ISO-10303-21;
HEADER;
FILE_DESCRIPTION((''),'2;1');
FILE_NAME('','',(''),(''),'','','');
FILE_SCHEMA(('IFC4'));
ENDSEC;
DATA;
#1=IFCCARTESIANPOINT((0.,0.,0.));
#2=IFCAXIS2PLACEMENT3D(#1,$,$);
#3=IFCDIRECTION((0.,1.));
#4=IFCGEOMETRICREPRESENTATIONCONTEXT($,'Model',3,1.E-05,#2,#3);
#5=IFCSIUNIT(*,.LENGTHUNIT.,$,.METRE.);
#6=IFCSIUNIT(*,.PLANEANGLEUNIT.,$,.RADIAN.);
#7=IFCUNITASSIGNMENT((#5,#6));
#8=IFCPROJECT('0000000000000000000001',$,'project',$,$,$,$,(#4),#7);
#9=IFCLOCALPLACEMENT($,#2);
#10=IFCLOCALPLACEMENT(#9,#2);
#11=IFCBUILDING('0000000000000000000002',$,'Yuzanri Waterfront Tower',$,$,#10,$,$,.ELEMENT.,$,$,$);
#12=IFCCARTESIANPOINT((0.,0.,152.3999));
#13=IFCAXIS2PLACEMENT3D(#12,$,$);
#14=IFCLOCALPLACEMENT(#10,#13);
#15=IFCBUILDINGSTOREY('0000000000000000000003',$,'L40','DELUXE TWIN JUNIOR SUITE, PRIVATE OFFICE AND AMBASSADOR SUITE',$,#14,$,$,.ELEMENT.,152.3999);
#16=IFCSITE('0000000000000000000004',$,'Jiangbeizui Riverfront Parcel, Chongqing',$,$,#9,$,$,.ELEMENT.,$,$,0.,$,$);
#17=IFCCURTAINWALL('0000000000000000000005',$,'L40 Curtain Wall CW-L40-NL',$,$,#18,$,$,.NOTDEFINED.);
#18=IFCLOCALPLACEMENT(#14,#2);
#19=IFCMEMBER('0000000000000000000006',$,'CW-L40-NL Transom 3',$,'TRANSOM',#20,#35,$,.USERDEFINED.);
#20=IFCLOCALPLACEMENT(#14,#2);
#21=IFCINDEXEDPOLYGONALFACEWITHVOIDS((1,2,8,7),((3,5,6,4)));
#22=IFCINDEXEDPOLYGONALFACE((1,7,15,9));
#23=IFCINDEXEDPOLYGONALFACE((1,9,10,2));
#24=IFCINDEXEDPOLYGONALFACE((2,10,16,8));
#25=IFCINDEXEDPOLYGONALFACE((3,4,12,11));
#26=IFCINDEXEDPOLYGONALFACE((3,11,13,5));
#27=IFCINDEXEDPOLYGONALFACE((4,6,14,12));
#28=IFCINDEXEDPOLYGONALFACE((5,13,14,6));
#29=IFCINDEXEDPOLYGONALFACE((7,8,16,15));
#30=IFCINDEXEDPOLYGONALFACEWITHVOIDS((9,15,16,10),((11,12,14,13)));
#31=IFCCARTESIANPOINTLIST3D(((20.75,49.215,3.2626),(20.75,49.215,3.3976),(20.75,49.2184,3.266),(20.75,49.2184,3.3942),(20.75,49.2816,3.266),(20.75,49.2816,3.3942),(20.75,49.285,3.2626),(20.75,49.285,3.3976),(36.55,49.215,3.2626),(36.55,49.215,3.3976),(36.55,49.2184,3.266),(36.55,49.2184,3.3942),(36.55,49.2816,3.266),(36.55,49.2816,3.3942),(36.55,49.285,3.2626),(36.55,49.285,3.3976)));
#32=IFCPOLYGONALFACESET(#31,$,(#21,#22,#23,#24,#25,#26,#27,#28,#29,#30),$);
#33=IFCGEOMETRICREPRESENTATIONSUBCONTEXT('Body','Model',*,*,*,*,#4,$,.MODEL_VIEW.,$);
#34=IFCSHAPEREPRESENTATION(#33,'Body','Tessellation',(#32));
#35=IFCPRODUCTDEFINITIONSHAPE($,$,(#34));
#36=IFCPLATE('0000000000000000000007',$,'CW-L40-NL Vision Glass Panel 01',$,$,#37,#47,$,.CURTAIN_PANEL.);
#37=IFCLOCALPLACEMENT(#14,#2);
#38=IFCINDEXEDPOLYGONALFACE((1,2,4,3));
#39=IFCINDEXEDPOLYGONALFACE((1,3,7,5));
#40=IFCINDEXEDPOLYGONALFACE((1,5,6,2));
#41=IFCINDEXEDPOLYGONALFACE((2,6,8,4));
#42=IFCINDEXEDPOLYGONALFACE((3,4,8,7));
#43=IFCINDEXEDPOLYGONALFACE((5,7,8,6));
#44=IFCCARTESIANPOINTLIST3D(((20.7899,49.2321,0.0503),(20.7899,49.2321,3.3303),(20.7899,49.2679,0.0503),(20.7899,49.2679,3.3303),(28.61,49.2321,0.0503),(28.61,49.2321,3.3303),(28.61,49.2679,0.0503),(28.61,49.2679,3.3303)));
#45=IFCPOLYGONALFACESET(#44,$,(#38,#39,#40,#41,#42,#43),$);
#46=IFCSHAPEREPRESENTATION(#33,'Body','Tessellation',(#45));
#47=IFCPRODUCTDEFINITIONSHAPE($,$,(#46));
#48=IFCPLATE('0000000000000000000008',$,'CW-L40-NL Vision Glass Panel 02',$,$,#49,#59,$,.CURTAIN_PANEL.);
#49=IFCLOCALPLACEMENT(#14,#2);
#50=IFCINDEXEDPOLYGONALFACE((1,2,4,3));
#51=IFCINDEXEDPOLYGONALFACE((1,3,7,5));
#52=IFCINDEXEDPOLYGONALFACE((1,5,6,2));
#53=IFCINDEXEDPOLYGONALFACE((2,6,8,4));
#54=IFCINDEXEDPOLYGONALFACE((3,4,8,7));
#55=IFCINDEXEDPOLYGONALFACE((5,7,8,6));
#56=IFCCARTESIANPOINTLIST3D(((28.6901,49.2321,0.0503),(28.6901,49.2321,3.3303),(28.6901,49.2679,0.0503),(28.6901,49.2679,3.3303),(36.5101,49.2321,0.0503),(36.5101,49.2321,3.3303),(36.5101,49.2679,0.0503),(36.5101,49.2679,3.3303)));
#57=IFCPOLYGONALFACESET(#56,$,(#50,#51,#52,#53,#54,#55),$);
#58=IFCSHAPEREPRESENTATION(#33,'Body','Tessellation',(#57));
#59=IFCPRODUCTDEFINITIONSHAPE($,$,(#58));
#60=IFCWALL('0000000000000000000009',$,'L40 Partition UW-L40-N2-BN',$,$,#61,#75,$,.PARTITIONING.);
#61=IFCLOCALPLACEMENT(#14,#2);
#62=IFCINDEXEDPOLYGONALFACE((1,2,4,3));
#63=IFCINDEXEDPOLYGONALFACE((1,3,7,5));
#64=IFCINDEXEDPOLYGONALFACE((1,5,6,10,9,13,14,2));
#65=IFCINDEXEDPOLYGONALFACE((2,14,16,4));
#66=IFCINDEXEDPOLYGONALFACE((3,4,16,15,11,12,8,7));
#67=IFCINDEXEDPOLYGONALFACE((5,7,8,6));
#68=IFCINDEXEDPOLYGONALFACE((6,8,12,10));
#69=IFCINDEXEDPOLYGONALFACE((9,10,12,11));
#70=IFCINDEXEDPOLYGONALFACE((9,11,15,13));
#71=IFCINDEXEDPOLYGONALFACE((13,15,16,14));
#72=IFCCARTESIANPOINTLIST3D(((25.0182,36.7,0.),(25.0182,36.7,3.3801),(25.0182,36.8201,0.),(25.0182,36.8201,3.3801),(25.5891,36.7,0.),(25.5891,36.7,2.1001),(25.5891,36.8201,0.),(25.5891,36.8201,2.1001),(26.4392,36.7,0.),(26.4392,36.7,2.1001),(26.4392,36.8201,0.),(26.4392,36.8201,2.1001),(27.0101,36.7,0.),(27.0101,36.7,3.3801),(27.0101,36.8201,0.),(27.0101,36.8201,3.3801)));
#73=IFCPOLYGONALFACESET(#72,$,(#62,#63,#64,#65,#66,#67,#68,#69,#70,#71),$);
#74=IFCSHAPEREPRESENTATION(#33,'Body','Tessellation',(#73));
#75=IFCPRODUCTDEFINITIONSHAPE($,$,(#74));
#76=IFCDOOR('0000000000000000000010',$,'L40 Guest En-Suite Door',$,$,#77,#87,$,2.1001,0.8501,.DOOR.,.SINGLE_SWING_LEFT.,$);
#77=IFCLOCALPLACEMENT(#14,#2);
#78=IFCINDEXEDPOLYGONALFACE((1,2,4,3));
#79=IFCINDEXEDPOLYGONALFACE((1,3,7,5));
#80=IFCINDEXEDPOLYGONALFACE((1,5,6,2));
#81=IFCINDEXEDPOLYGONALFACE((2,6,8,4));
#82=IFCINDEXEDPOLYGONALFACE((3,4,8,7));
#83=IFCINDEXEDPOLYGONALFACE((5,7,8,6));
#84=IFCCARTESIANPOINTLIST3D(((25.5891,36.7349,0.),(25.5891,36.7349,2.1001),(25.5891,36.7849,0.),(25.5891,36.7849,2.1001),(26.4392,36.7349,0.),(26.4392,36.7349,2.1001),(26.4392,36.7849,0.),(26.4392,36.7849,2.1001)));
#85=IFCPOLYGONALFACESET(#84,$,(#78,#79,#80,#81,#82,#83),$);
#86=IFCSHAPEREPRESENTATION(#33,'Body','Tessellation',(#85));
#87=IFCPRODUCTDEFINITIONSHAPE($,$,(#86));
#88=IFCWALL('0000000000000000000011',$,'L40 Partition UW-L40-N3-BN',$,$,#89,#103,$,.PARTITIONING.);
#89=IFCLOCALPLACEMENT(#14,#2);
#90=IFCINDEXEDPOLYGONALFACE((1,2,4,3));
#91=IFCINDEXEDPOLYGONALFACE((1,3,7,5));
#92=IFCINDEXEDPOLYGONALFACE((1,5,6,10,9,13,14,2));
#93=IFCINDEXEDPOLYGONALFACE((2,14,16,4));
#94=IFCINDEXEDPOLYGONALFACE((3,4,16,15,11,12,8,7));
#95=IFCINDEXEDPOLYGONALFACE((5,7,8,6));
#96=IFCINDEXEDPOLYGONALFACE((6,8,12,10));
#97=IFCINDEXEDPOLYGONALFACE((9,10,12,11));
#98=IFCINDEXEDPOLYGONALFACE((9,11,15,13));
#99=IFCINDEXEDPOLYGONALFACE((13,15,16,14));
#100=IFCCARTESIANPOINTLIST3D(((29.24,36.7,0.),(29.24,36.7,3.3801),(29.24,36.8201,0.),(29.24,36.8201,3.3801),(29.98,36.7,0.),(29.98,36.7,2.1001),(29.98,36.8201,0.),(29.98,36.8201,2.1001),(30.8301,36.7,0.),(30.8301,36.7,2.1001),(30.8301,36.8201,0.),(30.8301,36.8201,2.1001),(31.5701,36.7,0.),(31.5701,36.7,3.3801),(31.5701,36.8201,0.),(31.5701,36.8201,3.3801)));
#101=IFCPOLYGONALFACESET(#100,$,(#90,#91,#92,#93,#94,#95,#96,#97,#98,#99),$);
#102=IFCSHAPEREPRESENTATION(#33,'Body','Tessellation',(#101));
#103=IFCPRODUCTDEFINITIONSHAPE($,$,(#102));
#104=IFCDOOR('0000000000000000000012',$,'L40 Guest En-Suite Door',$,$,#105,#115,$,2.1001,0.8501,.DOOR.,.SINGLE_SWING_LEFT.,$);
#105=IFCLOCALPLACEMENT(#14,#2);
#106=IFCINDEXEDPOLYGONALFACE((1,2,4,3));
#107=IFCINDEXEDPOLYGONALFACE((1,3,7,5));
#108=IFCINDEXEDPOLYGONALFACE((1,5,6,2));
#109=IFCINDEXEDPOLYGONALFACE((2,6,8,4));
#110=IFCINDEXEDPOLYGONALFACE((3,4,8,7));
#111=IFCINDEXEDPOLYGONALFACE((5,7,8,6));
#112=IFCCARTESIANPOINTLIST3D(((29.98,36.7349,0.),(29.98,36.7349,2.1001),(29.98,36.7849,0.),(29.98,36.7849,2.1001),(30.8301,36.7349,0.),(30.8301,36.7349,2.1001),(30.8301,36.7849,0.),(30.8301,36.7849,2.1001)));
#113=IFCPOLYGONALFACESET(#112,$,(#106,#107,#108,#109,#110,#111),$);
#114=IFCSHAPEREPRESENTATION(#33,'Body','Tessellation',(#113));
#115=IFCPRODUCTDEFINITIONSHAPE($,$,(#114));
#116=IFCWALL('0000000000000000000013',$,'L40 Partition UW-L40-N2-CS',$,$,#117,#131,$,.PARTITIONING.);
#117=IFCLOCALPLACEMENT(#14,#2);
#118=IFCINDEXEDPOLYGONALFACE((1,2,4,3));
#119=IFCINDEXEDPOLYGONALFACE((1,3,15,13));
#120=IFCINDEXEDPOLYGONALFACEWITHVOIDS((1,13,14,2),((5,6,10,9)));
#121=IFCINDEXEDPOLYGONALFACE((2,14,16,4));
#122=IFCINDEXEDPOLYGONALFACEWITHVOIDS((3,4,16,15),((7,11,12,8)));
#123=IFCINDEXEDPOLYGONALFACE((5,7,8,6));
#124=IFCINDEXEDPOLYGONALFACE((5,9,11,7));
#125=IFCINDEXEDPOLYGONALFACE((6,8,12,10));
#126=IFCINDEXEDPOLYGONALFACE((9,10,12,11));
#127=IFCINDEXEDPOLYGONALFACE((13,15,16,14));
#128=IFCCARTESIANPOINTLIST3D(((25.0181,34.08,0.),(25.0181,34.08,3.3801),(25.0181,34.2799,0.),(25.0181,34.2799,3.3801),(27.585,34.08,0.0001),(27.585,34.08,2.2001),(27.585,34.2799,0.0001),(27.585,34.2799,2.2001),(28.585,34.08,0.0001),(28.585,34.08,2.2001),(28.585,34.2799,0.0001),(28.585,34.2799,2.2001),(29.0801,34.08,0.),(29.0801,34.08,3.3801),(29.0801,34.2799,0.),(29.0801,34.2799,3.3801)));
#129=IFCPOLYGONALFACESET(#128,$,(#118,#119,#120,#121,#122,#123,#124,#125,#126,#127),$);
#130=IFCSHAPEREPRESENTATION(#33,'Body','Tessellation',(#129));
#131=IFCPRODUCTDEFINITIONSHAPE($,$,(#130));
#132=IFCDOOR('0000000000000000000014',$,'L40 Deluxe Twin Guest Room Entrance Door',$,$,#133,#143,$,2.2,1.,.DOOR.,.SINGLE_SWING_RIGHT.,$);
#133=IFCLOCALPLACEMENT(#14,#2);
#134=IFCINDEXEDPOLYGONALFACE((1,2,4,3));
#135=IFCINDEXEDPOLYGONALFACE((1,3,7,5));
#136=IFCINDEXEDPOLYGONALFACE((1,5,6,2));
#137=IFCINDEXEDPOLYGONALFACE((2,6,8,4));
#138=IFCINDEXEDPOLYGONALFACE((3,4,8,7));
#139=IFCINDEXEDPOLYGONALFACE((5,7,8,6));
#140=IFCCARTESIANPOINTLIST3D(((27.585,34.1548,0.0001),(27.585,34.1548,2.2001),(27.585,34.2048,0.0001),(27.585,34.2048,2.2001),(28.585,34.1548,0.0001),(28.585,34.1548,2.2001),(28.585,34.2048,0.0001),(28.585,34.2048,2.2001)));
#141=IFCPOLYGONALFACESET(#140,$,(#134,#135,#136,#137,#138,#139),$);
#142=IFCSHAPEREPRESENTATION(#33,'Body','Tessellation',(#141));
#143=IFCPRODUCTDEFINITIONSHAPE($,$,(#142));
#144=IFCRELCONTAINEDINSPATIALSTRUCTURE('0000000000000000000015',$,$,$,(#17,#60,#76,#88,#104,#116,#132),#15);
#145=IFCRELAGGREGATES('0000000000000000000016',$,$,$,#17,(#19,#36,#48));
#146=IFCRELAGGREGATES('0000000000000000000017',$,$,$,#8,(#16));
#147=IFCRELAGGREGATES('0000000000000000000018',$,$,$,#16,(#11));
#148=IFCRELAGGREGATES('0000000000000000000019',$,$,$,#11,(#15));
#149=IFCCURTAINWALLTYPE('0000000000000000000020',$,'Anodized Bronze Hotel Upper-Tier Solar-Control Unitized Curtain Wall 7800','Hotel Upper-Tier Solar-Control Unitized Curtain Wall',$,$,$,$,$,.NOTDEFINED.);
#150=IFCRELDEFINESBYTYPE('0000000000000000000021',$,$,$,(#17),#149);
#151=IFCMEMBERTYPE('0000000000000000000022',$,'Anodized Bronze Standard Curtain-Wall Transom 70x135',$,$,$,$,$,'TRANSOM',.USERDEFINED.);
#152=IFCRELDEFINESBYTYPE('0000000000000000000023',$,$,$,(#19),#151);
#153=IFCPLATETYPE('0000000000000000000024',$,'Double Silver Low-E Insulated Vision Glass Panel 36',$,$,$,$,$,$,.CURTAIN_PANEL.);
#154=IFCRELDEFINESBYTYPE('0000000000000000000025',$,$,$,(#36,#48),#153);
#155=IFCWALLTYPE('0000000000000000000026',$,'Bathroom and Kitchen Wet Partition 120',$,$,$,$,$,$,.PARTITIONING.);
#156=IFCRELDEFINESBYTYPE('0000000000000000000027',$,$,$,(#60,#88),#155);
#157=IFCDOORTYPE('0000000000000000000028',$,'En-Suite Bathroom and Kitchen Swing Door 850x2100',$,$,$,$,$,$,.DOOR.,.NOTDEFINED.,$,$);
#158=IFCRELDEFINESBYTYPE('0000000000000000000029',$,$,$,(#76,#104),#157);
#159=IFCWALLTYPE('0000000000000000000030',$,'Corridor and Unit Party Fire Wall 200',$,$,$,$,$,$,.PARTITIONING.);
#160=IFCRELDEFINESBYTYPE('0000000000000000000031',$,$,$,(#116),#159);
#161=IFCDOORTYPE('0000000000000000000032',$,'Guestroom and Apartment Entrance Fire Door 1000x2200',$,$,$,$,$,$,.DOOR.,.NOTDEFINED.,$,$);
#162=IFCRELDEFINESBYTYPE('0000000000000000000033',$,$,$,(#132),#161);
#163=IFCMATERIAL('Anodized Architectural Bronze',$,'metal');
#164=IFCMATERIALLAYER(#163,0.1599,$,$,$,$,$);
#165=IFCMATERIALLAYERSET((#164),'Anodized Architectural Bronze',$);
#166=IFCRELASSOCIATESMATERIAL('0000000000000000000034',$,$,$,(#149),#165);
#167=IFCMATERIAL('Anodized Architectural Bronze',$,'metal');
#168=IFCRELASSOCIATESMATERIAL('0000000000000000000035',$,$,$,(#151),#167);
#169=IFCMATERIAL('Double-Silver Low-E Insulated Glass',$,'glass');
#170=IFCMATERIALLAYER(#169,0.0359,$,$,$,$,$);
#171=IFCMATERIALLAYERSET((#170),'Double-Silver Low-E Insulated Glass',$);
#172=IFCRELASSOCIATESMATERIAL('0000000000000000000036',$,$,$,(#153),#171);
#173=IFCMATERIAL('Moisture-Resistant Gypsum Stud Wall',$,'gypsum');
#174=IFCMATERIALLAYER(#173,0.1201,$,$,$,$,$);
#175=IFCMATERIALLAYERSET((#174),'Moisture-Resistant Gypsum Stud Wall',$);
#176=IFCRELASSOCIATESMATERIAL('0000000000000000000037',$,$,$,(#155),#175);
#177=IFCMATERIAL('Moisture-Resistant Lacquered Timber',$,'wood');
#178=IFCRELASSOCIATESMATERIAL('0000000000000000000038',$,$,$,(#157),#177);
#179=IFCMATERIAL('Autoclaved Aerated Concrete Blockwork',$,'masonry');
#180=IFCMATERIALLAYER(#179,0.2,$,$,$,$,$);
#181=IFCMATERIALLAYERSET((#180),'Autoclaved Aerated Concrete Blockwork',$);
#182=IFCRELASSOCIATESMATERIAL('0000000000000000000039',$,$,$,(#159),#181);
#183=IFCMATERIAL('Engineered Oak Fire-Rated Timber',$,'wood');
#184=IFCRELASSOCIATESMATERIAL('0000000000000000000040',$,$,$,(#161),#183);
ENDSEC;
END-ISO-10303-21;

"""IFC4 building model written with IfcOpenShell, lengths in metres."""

from ifc_helpers import new_model, si_unit, direction, frame, frame_2d, origin, origin_2d, place, context, subcontext, project, spatial, rectangle, hollow_rectangle, extrude, source, transform, mapped, material, layer, layer_set, material_profile, profile_set, type_object, element, fill, aggregate, save


model = new_model("IFC4")

# Units and contexts
model_context = context("Model", 3, precision=1e-05, world=origin(), true_north=direction((0.0, 1.0)))
body_context = subcontext(model_context, "Body", "Model", "MODEL_VIEW")
ifc_project = project(units=[si_unit("LENGTHUNIT", "METRE"), si_unit("PLANEANGLEUNIT", "RADIAN")], contexts=[model_context])

# Site, building, storey
site_placement = place(None, origin())
site = spatial("IfcSite", under=ifc_project, at=site_placement, Name="Jiangbeizui Riverfront Parcel, Chongqing", CompositionType="ELEMENT", RefElevation=0.0)
building_placement = place(site_placement, origin())
building = spatial("IfcBuilding", under=site, at=building_placement, Name="Yuzanri Waterfront Tower", CompositionType="ELEMENT")
storey_placement = place(building_placement, frame((0.0, 0.0, 152.3999)))
storey = spatial("IfcBuildingStorey", under=building, at=storey_placement, Name="L40", Description="DELUXE TWIN JUNIOR SUITE, PRIVATE OFFICE AND AMBASSADOR SUITE", CompositionType="ELEMENT", Elevation=152.3999)

# Curtain wall, member, plates
ifc_material_1 = material(Name="Anodized Architectural Bronze", Category="metal")
ifc_layer_1 = layer(ifc_material_1, 0.1599)
ifc_layer_set_1 = layer_set([ifc_layer_1], Name="Anodized Architectural Bronze")
curtain_wall_type = type_object("IfcCurtainWallType", Name="Anodized Bronze Hotel Upper-Tier Solar-Control Unitized Curtain Wall 7800", Description="Hotel Upper-Tier Solar-Control Unitized Curtain Wall", PredefinedType="NOTDEFINED", material=ifc_layer_set_1)
curtain_wall_placement = place(storey_placement, origin())
curtain_wall = element("IfcCurtainWall", 1, at=curtain_wall_placement, inside=storey, type_object=curtain_wall_type, Name="L40 Curtain Wall CW-L40-NL", PredefinedType="NOTDEFINED")
ifc_material_2 = material(Name="Anodized Architectural Bronze", Category="metal")
ifc_material_profile_1 = material_profile(ifc_material_2, hollow_rectangle(XDim=0.0701, YDim=0.135, WallThickness=0.0034, at=origin_2d()), Name="CWT 70x135")
ifc_profile_set_1 = profile_set([ifc_material_profile_1], Name="Anodized Architectural Bronze")
member_type_1 = type_object("IfcMemberType", Name="Anodized Bronze Standard Curtain-Wall Transom 70x135", ElementType="TRANSOM", PredefinedType="USERDEFINED", material=ifc_profile_set_1)
shared_shape_1 = source(origin(), body_context, "Body", "SweptSolid", [
    extrude(hollow_rectangle(XDim=0.0701, YDim=0.135, WallThickness=0.0034, at=origin_2d()), origin(), (0.0, 0.0, 1.0), 15.8),
])
member_1_placement = place(storey_placement, frame((20.75, 49.25, 3.3301), z_axis=(1.0, 0.0, 0.0), x_axis=(0.0, 1.0, 0.0)))
member_1 = element("IfcMember", 2, at=member_1_placement, type_object=member_type_1, Name="CW-L40-NL Transom 3", ObjectType="TRANSOM", PredefinedType="USERDEFINED", context=body_context, shape_type="MappedRepresentation", body=[
    mapped(shared_shape_1, transform((0.0, 0.0, 0.0), scale=1.0)),
])
ifc_material_3 = material(Name="Double-Silver Low-E Insulated Glass", Category="glass")
ifc_layer_2 = layer(ifc_material_3, 0.0359)
ifc_layer_set_2 = layer_set([ifc_layer_2], Name="Double-Silver Low-E Insulated Glass")
plate_type = type_object("IfcPlateType", Name="Double Silver Low-E Insulated Vision Glass Panel 36", PredefinedType="CURTAIN_PANEL", material=ifc_layer_set_2)
shared_shape_2 = source(origin(), body_context, "Body", "SweptSolid", [
    extrude(rectangle(XDim=7.8201, YDim=0.0359, at=origin_2d()), origin(), (0.0, 0.0, 1.0), 3.28),
])
plate_1_placement = place(storey_placement, frame((24.7, 49.25, 0.0503), z_axis=(0.0, 0.0, 1.0), x_axis=(1.0, 0.0, 0.0)))
plate_1 = element("IfcPlate", 3, at=plate_1_placement, type_object=plate_type, Name="CW-L40-NL Vision Glass Panel 01", PredefinedType="CURTAIN_PANEL", context=body_context, shape_type="MappedRepresentation", body=[
    mapped(shared_shape_2, transform((0.0, 0.0, 0.0), scale=1.0)),
])
plate_2_placement = place(storey_placement, frame((32.6001, 49.25, 0.0503), z_axis=(0.0, 0.0, 1.0), x_axis=(1.0, 0.0, 0.0)))
plate_2 = element("IfcPlate", 4, at=plate_2_placement, type_object=plate_type, Name="CW-L40-NL Vision Glass Panel 02", PredefinedType="CURTAIN_PANEL", context=body_context, shape_type="MappedRepresentation", body=[
    mapped(shared_shape_2, transform((0.0, 0.0, 0.0), scale=1.0)),
])
aggregate(curtain_wall, [member_1, plate_1, plate_2])

# Walls, openings, doors
ifc_material_4 = material(Name="Moisture-Resistant Gypsum Stud Wall", Category="gypsum")
ifc_layer_3 = layer(ifc_material_4, 0.1201)
ifc_layer_set_3 = layer_set([ifc_layer_3], Name="Moisture-Resistant Gypsum Stud Wall")
wall_type_1 = type_object("IfcWallType", Name="Bathroom and Kitchen Wet Partition 120", PredefinedType="PARTITIONING", material=ifc_layer_set_3)
wall_1_placement = place(storey_placement, frame((25.0181, 36.76, 0.0), z_axis=(0.0, 0.0, 1.0), x_axis=(1.0, 0.0, 0.0)))
wall_1 = element("IfcWall", 5, at=wall_1_placement, inside=storey, type_object=wall_type_1, Name="L40 Partition UW-L40-N2-BN", PredefinedType="PARTITIONING", context=body_context, shape_type="SweptSolid", body=[
    extrude(rectangle(XDim=1.9919, YDim=0.1201, at=frame_2d((0.9961, 0.0))), origin(), (0.0, 0.0, 1.0), 3.3801),
])
opening_1_placement = place(wall_1_placement, frame((0.571, 0.0, 0.0)))
opening_1 = element("IfcOpeningElement", 6, at=opening_1_placement, cuts=wall_1, PredefinedType="OPENING", context=body_context, shape_type="SweptSolid", body=[
    extrude(rectangle(XDim=0.8501, YDim=2.1001, at=frame_2d((0.425, 1.05))), frame((0.0, 0.075, 0.0), z_axis=(0.0, -1.0, 0.0), x_axis=(1.0, 0.0, 0.0)), (0.0, 0.0, 1.0), 0.1499),
])
ifc_material_5 = material(Name="Moisture-Resistant Lacquered Timber", Category="wood")
door_type_1 = type_object("IfcDoorType", Name="En-Suite Bathroom and Kitchen Swing Door 850x2100", OperationType="NOTDEFINED", PredefinedType="DOOR", material=ifc_material_5)
shared_shape_3 = source(origin(), body_context, "Body", "SweptSolid", [
    extrude(rectangle(XDim=0.8501, YDim=2.1001, at=frame_2d((0.425, 1.05))), frame((0.0, 0.0249, 0.0), z_axis=(0.0, -1.0, 0.0), x_axis=(1.0, 0.0, 0.0)), (0.0, 0.0, 1.0), 0.05),
])
door_1_placement = place(opening_1_placement, origin())
door_1 = element("IfcDoor", 7, at=door_1_placement, inside=storey, type_object=door_type_1, Name="L40 Guest En-Suite Door", OperationType="SINGLE_SWING_LEFT", OverallHeight=2.1001, OverallWidth=0.8501, PredefinedType="DOOR", context=body_context, shape_type="MappedRepresentation", body=[
    mapped(shared_shape_3, transform((0.0, 0.0, 0.0), scale=1.0)),
])
fill(opening_1, door_1)
wall_2_placement = place(storey_placement, frame((29.24, 36.76, 0.0), z_axis=(0.0, 0.0, 1.0), x_axis=(1.0, 0.0, 0.0)))
wall_2 = element("IfcWall", 8, at=wall_2_placement, inside=storey, type_object=wall_type_1, Name="L40 Partition UW-L40-N3-BN", PredefinedType="PARTITIONING", context=body_context, shape_type="SweptSolid", body=[
    extrude(rectangle(XDim=2.3301, YDim=0.1201, at=frame_2d((1.165, 0.0))), origin(), (0.0, 0.0, 1.0), 3.3801),
])
opening_2_placement = place(wall_2_placement, frame((0.74, 0.0, 0.0)))
opening_2 = element("IfcOpeningElement", 9, at=opening_2_placement, cuts=wall_2, PredefinedType="OPENING", context=body_context, shape_type="SweptSolid", body=[
    extrude(rectangle(XDim=0.8501, YDim=2.1001, at=frame_2d((0.425, 1.05))), frame((0.0, 0.075, 0.0), z_axis=(0.0, -1.0, 0.0), x_axis=(1.0, 0.0, 0.0)), (0.0, 0.0, 1.0), 0.1499),
])
door_2_placement = place(opening_2_placement, origin())
door_2 = element("IfcDoor", 10, at=door_2_placement, inside=storey, type_object=door_type_1, Name="L40 Guest En-Suite Door", OperationType="SINGLE_SWING_LEFT", OverallHeight=2.1001, OverallWidth=0.8501, PredefinedType="DOOR", context=body_context, shape_type="MappedRepresentation", body=[
    mapped(shared_shape_3, transform((0.0, 0.0, 0.0), scale=1.0)),
])
fill(opening_2, door_2)
ifc_material_6 = material(Name="Autoclaved Aerated Concrete Blockwork", Category="masonry")
ifc_layer_4 = layer(ifc_material_6, 0.2)
ifc_layer_set_4 = layer_set([ifc_layer_4], Name="Autoclaved Aerated Concrete Blockwork")
wall_type_2 = type_object("IfcWallType", Name="Corridor and Unit Party Fire Wall 200", PredefinedType="PARTITIONING", material=ifc_layer_set_4)
wall_3_placement = place(storey_placement, frame((25.0181, 34.1799, 0.0), z_axis=(0.0, 0.0, 1.0), x_axis=(1.0, 0.0, 0.0)))
wall_3 = element("IfcWall", 11, at=wall_3_placement, inside=storey, type_object=wall_type_2, Name="L40 Partition UW-L40-N2-CS", PredefinedType="PARTITIONING", context=body_context, shape_type="SweptSolid", body=[
    extrude(rectangle(XDim=4.062, YDim=0.2, at=frame_2d((2.031, 0.0))), origin(), (0.0, 0.0, 1.0), 3.3801),
])
opening_3_placement = place(wall_3_placement, frame((2.5669, 0.0, 0.0)))
opening_3 = element("IfcOpeningElement", 12, at=opening_3_placement, cuts=wall_3, PredefinedType="OPENING", context=body_context, shape_type="SweptSolid", body=[
    extrude(rectangle(XDim=1.0, YDim=2.2, at=frame_2d((0.5, 1.1001))), frame((0.0, 0.1147, 0.0), z_axis=(0.0, -1.0, 0.0), x_axis=(1.0, 0.0, 0.0)), (0.0, 0.0, 1.0), 0.2297),
])
ifc_material_7 = material(Name="Engineered Oak Fire-Rated Timber", Category="wood")
door_type_2 = type_object("IfcDoorType", Name="Guestroom and Apartment Entrance Fire Door 1000x2200", OperationType="NOTDEFINED", PredefinedType="DOOR", material=ifc_material_7)
shared_shape_4 = source(origin(), body_context, "Body", "SweptSolid", [
    extrude(rectangle(XDim=1.0, YDim=2.2, at=frame_2d((0.5, 1.1001))), frame((0.0, 0.0249, 0.0), z_axis=(0.0, -1.0, 0.0), x_axis=(1.0, 0.0, 0.0)), (0.0, 0.0, 1.0), 0.05),
])
door_3_placement = place(opening_3_placement, origin())
door_3 = element("IfcDoor", 13, at=door_3_placement, inside=storey, type_object=door_type_2, Name="L40 Deluxe Twin Guest Room Entrance Door", OperationType="SINGLE_SWING_RIGHT", OverallHeight=2.2, OverallWidth=1.0, PredefinedType="DOOR", context=body_context, shape_type="MappedRepresentation", body=[
    mapped(shared_shape_4, transform((0.0, 0.0, 0.0), scale=1.0)),
])
fill(opening_3, door_3)

save(model, "model.ifc")
